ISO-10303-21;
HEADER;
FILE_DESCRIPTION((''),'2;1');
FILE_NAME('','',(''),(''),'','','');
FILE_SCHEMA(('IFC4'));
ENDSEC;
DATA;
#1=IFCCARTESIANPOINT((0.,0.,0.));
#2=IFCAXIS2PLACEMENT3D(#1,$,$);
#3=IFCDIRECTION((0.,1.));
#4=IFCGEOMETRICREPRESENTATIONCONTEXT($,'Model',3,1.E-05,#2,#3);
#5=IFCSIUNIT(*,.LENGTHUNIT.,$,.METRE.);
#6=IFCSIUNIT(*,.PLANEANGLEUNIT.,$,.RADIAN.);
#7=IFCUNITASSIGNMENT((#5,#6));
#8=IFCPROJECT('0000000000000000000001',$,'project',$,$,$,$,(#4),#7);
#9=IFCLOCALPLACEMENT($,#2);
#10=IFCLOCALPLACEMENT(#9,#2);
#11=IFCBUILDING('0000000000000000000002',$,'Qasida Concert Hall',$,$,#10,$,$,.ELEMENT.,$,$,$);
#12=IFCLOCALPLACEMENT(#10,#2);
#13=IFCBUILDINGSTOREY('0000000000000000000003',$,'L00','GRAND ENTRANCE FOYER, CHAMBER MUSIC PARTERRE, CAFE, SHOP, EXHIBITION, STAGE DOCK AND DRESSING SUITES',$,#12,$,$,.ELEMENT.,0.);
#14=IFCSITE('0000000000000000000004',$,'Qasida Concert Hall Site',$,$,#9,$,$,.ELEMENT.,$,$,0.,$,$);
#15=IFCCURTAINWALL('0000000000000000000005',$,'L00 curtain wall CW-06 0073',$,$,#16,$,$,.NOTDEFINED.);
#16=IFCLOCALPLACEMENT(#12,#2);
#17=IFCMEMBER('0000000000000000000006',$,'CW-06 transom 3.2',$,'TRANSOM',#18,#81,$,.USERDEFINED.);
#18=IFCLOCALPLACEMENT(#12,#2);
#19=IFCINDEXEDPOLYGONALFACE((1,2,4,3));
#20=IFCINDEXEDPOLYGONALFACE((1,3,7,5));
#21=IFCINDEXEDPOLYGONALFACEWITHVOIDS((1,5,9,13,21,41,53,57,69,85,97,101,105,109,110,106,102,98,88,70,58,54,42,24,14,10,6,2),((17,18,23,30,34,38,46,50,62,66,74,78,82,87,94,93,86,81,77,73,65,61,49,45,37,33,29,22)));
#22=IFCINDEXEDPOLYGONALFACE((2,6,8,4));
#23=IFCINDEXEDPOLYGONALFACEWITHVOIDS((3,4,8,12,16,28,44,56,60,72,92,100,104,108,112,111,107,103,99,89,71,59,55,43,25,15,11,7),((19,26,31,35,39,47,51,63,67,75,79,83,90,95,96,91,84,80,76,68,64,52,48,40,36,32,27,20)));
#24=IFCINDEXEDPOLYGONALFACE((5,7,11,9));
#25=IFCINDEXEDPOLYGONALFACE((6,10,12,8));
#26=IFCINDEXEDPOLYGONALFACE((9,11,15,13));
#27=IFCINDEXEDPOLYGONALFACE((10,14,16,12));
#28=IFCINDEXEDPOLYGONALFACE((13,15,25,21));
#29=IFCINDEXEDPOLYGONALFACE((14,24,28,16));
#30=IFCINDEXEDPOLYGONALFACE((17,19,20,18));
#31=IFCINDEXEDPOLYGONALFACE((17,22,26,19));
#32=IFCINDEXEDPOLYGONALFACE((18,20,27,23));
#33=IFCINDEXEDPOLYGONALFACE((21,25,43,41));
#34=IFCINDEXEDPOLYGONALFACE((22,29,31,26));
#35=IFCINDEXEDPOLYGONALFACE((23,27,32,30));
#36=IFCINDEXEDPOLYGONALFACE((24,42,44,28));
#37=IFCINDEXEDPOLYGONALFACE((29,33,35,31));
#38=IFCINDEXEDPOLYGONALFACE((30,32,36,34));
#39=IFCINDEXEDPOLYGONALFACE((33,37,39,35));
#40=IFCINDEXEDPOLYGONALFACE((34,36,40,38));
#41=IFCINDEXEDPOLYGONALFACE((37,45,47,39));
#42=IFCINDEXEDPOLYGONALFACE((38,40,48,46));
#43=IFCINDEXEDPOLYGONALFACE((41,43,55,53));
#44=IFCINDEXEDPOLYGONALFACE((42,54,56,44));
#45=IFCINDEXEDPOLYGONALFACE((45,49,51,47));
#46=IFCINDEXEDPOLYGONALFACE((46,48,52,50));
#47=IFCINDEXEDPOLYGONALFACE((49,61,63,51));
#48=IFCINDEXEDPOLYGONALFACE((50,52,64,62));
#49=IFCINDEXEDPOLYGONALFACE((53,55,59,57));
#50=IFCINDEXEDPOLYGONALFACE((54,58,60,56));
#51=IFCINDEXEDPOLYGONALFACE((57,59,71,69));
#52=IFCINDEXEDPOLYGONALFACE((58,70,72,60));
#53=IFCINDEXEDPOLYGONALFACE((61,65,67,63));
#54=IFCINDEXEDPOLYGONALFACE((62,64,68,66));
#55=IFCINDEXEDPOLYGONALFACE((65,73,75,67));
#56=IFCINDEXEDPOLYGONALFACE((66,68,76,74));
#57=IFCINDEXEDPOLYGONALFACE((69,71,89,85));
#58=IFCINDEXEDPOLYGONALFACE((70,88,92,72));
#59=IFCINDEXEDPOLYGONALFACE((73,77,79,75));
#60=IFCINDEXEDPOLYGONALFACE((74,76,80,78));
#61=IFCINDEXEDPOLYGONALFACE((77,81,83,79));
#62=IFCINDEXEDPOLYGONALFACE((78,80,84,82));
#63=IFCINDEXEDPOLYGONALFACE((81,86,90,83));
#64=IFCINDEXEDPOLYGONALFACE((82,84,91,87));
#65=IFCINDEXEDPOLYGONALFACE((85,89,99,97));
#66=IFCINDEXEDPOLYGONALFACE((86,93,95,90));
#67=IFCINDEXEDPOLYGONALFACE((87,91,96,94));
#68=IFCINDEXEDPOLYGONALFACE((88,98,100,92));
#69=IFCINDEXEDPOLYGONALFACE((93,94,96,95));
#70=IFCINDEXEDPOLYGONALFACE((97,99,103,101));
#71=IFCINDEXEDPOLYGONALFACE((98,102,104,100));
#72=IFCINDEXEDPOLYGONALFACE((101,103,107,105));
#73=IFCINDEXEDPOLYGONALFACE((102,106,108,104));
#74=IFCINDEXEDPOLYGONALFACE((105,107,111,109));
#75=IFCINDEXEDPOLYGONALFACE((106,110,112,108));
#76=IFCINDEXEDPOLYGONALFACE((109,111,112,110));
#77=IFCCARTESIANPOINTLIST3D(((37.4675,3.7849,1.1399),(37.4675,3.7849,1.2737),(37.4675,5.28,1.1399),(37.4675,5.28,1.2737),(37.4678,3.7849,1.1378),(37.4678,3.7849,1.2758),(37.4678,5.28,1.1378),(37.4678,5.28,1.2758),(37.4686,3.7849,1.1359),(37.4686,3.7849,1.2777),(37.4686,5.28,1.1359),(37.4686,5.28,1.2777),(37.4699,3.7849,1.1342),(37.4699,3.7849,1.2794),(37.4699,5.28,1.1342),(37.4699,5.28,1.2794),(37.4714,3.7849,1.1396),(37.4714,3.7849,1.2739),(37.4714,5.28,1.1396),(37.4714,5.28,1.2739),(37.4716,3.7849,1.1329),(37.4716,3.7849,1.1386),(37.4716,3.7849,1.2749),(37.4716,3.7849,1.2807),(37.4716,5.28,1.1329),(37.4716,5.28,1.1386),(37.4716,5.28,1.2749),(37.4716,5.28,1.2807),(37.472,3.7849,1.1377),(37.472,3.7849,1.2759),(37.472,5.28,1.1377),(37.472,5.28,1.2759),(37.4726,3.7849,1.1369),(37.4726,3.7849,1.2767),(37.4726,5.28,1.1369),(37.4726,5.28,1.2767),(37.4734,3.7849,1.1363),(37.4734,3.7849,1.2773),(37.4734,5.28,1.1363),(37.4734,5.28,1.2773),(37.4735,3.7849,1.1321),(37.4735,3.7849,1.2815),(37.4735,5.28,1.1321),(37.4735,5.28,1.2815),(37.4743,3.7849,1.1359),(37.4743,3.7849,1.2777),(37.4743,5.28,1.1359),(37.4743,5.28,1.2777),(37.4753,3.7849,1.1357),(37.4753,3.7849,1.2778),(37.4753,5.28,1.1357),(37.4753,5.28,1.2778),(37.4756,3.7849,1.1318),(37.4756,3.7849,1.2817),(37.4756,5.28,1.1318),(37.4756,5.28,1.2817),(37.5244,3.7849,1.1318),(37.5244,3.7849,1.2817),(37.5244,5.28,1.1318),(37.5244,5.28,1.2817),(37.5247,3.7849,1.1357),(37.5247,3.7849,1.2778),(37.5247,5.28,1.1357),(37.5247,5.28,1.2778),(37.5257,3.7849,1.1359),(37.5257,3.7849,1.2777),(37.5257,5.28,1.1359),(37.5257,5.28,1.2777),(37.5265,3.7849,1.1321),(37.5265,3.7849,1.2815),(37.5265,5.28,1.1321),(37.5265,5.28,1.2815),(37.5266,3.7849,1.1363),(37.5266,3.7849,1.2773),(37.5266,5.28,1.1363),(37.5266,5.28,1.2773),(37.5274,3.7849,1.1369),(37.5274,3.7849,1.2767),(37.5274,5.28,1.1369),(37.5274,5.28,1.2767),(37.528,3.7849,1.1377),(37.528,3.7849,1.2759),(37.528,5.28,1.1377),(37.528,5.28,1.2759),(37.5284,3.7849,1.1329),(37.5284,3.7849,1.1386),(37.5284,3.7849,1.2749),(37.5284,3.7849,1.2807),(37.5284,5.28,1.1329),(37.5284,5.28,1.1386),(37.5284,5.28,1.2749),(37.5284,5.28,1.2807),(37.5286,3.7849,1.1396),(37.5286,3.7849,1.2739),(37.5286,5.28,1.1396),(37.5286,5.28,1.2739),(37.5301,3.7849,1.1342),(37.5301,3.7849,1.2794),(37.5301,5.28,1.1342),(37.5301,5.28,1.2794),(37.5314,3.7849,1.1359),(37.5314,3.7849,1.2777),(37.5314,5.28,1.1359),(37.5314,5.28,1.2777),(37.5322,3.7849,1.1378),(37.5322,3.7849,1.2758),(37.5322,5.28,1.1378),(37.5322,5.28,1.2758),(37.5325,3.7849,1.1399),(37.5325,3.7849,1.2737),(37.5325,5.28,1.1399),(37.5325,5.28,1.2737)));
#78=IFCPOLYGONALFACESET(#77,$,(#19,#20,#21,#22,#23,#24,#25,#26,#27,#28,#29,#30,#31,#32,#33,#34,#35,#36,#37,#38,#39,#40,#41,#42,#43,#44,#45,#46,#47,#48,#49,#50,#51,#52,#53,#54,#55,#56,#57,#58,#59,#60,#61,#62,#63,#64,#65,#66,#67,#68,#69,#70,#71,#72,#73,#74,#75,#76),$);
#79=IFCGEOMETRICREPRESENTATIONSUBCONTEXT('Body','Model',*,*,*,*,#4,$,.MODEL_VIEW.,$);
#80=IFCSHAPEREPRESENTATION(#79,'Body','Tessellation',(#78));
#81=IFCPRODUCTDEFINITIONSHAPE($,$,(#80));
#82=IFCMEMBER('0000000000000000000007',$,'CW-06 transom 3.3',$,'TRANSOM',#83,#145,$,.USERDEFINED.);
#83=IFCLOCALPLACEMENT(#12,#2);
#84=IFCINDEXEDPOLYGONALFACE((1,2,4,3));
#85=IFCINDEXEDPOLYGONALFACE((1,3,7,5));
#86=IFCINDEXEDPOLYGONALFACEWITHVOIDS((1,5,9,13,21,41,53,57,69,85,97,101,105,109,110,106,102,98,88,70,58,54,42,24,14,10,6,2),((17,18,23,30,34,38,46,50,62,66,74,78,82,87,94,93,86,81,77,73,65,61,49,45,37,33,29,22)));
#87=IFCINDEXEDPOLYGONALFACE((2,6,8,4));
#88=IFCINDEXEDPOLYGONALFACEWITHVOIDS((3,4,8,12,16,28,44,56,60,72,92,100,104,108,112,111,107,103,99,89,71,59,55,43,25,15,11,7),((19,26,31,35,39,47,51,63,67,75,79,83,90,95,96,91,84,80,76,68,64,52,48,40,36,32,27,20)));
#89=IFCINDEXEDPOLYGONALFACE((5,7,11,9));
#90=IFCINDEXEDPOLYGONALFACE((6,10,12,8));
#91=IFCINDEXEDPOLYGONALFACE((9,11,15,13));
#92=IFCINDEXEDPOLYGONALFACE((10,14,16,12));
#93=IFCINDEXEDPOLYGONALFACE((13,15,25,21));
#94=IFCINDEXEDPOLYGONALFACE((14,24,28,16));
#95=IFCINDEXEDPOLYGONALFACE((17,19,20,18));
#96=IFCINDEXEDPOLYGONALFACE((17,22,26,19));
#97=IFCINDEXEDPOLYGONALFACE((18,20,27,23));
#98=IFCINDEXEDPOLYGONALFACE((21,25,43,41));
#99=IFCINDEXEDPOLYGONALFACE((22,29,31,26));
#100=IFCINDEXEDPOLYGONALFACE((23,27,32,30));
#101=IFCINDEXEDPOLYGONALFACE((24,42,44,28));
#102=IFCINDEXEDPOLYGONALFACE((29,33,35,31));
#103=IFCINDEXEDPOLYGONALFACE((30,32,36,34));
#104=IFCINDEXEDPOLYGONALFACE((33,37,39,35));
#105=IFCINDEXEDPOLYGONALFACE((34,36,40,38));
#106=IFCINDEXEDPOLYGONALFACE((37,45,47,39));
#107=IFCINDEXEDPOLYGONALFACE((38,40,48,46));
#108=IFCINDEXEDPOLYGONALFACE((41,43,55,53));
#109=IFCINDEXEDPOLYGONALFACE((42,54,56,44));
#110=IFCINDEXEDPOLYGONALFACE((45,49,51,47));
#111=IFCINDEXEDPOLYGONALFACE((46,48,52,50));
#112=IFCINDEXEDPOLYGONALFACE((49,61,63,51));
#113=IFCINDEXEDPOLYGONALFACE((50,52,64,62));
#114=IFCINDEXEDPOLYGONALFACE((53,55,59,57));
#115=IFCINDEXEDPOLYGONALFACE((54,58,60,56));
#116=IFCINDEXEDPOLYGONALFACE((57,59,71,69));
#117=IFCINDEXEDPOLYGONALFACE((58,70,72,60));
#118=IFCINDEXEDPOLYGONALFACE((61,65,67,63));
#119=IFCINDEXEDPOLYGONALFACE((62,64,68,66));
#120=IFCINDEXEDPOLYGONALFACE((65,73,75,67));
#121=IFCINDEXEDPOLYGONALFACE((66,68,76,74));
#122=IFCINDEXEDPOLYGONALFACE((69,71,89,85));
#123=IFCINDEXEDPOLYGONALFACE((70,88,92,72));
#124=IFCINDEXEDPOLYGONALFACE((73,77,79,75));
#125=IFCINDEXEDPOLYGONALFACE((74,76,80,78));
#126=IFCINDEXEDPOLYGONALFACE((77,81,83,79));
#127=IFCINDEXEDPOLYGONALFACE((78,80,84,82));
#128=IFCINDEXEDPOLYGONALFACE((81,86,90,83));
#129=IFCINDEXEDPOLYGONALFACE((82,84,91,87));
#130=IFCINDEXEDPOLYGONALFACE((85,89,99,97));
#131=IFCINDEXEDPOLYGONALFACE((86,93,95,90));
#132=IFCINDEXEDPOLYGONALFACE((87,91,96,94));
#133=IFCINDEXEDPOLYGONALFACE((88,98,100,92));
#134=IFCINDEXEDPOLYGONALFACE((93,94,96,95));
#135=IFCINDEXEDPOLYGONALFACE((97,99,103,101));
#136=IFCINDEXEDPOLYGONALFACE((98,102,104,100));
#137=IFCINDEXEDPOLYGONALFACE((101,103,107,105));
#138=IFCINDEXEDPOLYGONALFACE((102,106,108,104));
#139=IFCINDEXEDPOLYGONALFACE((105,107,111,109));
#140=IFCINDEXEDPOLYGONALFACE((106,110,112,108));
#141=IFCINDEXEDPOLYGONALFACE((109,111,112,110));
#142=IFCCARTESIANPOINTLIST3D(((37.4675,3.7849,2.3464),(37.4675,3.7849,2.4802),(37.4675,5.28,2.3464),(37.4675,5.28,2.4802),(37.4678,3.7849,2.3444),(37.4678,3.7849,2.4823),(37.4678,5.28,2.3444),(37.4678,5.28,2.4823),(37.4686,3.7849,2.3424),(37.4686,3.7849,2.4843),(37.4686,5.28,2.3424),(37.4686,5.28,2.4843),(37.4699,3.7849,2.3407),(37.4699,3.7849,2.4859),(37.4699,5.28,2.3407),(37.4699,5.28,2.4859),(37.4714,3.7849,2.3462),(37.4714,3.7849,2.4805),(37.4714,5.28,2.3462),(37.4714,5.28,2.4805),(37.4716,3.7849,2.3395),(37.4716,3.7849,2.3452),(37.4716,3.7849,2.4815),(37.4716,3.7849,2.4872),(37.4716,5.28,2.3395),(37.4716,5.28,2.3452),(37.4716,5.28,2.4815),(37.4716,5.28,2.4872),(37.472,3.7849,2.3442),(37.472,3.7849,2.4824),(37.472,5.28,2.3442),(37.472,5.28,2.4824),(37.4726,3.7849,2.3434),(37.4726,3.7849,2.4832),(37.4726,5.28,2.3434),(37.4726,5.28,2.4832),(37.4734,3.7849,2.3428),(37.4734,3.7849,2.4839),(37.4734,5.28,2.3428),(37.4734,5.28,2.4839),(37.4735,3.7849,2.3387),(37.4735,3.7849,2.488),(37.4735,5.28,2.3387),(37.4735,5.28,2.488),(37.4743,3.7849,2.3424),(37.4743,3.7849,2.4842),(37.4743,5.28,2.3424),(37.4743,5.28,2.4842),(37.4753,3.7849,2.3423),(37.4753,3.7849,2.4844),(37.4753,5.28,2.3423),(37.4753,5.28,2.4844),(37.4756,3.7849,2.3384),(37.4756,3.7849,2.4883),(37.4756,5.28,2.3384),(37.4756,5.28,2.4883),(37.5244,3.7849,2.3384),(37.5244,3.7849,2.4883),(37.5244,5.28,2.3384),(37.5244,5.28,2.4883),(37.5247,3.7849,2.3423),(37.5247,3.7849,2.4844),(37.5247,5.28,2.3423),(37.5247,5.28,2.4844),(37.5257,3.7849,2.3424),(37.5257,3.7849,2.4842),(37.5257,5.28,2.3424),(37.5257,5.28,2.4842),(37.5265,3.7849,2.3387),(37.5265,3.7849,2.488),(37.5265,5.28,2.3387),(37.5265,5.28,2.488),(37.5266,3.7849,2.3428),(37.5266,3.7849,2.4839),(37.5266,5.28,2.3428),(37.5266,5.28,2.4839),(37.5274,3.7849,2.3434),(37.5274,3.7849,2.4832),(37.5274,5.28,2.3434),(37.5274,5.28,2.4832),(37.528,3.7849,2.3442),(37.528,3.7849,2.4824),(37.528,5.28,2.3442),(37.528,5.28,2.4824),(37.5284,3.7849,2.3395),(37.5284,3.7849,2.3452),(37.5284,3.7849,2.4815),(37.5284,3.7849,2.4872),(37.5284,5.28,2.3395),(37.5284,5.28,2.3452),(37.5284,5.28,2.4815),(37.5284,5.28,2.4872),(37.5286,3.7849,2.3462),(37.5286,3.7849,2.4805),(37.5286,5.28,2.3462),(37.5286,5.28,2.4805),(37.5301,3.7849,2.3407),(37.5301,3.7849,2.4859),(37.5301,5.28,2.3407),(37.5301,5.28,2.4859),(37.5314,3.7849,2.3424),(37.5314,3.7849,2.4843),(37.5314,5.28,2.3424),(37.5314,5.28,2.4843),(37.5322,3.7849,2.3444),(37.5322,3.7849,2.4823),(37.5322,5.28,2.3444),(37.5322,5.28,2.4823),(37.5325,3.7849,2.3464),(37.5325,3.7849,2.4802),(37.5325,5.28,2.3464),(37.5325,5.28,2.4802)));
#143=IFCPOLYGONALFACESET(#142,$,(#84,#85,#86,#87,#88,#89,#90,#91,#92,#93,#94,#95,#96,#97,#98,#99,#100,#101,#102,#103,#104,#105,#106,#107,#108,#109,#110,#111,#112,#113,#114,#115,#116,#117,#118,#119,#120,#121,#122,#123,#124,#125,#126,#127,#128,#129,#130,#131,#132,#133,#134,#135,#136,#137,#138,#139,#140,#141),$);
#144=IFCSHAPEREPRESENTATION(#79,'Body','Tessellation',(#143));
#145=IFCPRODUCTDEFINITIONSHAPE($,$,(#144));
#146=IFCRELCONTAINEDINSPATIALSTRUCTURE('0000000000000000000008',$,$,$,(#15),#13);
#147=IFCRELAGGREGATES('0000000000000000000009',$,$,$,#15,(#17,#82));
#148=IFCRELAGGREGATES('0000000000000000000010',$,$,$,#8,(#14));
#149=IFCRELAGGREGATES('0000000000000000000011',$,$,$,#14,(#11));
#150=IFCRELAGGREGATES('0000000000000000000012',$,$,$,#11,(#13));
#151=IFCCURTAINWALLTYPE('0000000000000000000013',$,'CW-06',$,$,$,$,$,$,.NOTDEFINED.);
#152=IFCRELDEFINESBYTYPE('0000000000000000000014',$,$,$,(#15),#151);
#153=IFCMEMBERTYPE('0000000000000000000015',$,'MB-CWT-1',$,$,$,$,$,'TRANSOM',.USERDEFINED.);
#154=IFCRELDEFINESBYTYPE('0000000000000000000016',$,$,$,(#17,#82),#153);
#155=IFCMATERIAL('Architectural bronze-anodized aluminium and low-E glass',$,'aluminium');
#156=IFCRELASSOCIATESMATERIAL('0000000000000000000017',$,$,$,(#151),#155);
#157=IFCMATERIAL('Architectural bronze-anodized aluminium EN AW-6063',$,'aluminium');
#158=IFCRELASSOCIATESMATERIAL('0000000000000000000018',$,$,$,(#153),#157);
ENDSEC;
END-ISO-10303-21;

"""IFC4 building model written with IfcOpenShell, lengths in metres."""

from ifc_helpers import new_model, si_unit, direction, frame, origin, origin_2d, place, context, subcontext, project, spatial, hollow_rectangle, extrude, material, material_profile, profile_set, type_object, element, aggregate, save


model = new_model("IFC4")

# Units and contexts
model_context = context("Model", 3, precision=1e-05, world=origin(), true_north=direction((0.0, 1.0)))
body_context = subcontext(model_context, "Body", "Model", "MODEL_VIEW")
ifc_project = project(units=[si_unit("LENGTHUNIT", "METRE"), si_unit("PLANEANGLEUNIT", "RADIAN")], contexts=[model_context])

# Site, building, storey
site_placement = place(None, origin())
site = spatial("IfcSite", under=ifc_project, at=site_placement, Name="Qasida Concert Hall Site", CompositionType="ELEMENT", RefElevation=0.0)
building_placement = place(site_placement, origin())
building = spatial("IfcBuilding", under=site, at=building_placement, Name="Qasida Concert Hall", CompositionType="ELEMENT")
storey_placement = place(building_placement, origin())
storey = spatial("IfcBuildingStorey", under=building, at=storey_placement, Name="L00", Description="GRAND ENTRANCE FOYER, CHAMBER MUSIC PARTERRE, CAFE, SHOP, EXHIBITION, STAGE DOCK AND DRESSING SUITES", CompositionType="ELEMENT", Elevation=0.0)

# Curtain wall
ifc_material_1 = material(Name="Architectural bronze-anodized aluminium and low-E glass", Category="aluminium")
curtain_wall_type = type_object("IfcCurtainWallType", Name="CW-06", PredefinedType="NOTDEFINED", material=ifc_material_1)
curtain_wall_1_placement = place(storey_placement, origin())
curtain_wall_1 = element("IfcCurtainWall", 1, at=curtain_wall_1_placement, inside=storey, type_object=curtain_wall_type, Name="L00 curtain wall CW-06 0073", PredefinedType="NOTDEFINED")
ifc_material_2 = material(Name="Architectural bronze-anodized aluminium EN AW-6063", Category="aluminium")

# Members
ifc_material_profile_1 = material_profile(ifc_material_2, hollow_rectangle(XDim=0.0649, YDim=0.1499, WallThickness=0.0039, InnerFilletRadius=0.0039, OuterFilletRadius=0.0081, at=origin_2d()), Name="CWT 150x65x4")
ifc_profile_set_1 = profile_set([ifc_material_profile_1], Name="Architectural bronze-anodized aluminium EN AW-6063")
member_type_1 = type_object("IfcMemberType", Name="MB-CWT-1", ElementType="TRANSOM", PredefinedType="USERDEFINED", material=ifc_profile_set_1)
member_1_placement = place(storey_placement, frame((37.5, 3.7849, 1.2068), z_axis=(0.0, 1.0, 0.0), x_axis=(-1.0, 0.0, 0.0)))
member_1 = element("IfcMember", 2, at=member_1_placement, type_object=member_type_1, Name="CW-06 transom 3.2", ObjectType="TRANSOM", PredefinedType="USERDEFINED", context=body_context, shape_type="SweptSolid", body=[
    extrude(hollow_rectangle(XDim=0.0649, YDim=0.1499, WallThickness=0.0039, InnerFilletRadius=0.0039, OuterFilletRadius=0.0081, at=origin_2d()), origin(), (0.0, 0.0, 1.0), 1.4951),
])
member_2_placement = place(storey_placement, frame((37.5, 3.7849, 2.4133), z_axis=(0.0, 1.0, 0.0), x_axis=(-1.0, 0.0, 0.0)))
member_2 = element("IfcMember", 3, at=member_2_placement, type_object=member_type_1, Name="CW-06 transom 3.3", ObjectType="TRANSOM", PredefinedType="USERDEFINED", context=body_context, shape_type="SweptSolid", body=[
    extrude(hollow_rectangle(XDim=0.0649, YDim=0.1499, WallThickness=0.0039, InnerFilletRadius=0.0039, OuterFilletRadius=0.0081, at=origin_2d()), origin(), (0.0, 0.0, 1.0), 1.4951),
])

aggregate(curtain_wall_1, [member_1, member_2])

save(model, "model.ifc")
